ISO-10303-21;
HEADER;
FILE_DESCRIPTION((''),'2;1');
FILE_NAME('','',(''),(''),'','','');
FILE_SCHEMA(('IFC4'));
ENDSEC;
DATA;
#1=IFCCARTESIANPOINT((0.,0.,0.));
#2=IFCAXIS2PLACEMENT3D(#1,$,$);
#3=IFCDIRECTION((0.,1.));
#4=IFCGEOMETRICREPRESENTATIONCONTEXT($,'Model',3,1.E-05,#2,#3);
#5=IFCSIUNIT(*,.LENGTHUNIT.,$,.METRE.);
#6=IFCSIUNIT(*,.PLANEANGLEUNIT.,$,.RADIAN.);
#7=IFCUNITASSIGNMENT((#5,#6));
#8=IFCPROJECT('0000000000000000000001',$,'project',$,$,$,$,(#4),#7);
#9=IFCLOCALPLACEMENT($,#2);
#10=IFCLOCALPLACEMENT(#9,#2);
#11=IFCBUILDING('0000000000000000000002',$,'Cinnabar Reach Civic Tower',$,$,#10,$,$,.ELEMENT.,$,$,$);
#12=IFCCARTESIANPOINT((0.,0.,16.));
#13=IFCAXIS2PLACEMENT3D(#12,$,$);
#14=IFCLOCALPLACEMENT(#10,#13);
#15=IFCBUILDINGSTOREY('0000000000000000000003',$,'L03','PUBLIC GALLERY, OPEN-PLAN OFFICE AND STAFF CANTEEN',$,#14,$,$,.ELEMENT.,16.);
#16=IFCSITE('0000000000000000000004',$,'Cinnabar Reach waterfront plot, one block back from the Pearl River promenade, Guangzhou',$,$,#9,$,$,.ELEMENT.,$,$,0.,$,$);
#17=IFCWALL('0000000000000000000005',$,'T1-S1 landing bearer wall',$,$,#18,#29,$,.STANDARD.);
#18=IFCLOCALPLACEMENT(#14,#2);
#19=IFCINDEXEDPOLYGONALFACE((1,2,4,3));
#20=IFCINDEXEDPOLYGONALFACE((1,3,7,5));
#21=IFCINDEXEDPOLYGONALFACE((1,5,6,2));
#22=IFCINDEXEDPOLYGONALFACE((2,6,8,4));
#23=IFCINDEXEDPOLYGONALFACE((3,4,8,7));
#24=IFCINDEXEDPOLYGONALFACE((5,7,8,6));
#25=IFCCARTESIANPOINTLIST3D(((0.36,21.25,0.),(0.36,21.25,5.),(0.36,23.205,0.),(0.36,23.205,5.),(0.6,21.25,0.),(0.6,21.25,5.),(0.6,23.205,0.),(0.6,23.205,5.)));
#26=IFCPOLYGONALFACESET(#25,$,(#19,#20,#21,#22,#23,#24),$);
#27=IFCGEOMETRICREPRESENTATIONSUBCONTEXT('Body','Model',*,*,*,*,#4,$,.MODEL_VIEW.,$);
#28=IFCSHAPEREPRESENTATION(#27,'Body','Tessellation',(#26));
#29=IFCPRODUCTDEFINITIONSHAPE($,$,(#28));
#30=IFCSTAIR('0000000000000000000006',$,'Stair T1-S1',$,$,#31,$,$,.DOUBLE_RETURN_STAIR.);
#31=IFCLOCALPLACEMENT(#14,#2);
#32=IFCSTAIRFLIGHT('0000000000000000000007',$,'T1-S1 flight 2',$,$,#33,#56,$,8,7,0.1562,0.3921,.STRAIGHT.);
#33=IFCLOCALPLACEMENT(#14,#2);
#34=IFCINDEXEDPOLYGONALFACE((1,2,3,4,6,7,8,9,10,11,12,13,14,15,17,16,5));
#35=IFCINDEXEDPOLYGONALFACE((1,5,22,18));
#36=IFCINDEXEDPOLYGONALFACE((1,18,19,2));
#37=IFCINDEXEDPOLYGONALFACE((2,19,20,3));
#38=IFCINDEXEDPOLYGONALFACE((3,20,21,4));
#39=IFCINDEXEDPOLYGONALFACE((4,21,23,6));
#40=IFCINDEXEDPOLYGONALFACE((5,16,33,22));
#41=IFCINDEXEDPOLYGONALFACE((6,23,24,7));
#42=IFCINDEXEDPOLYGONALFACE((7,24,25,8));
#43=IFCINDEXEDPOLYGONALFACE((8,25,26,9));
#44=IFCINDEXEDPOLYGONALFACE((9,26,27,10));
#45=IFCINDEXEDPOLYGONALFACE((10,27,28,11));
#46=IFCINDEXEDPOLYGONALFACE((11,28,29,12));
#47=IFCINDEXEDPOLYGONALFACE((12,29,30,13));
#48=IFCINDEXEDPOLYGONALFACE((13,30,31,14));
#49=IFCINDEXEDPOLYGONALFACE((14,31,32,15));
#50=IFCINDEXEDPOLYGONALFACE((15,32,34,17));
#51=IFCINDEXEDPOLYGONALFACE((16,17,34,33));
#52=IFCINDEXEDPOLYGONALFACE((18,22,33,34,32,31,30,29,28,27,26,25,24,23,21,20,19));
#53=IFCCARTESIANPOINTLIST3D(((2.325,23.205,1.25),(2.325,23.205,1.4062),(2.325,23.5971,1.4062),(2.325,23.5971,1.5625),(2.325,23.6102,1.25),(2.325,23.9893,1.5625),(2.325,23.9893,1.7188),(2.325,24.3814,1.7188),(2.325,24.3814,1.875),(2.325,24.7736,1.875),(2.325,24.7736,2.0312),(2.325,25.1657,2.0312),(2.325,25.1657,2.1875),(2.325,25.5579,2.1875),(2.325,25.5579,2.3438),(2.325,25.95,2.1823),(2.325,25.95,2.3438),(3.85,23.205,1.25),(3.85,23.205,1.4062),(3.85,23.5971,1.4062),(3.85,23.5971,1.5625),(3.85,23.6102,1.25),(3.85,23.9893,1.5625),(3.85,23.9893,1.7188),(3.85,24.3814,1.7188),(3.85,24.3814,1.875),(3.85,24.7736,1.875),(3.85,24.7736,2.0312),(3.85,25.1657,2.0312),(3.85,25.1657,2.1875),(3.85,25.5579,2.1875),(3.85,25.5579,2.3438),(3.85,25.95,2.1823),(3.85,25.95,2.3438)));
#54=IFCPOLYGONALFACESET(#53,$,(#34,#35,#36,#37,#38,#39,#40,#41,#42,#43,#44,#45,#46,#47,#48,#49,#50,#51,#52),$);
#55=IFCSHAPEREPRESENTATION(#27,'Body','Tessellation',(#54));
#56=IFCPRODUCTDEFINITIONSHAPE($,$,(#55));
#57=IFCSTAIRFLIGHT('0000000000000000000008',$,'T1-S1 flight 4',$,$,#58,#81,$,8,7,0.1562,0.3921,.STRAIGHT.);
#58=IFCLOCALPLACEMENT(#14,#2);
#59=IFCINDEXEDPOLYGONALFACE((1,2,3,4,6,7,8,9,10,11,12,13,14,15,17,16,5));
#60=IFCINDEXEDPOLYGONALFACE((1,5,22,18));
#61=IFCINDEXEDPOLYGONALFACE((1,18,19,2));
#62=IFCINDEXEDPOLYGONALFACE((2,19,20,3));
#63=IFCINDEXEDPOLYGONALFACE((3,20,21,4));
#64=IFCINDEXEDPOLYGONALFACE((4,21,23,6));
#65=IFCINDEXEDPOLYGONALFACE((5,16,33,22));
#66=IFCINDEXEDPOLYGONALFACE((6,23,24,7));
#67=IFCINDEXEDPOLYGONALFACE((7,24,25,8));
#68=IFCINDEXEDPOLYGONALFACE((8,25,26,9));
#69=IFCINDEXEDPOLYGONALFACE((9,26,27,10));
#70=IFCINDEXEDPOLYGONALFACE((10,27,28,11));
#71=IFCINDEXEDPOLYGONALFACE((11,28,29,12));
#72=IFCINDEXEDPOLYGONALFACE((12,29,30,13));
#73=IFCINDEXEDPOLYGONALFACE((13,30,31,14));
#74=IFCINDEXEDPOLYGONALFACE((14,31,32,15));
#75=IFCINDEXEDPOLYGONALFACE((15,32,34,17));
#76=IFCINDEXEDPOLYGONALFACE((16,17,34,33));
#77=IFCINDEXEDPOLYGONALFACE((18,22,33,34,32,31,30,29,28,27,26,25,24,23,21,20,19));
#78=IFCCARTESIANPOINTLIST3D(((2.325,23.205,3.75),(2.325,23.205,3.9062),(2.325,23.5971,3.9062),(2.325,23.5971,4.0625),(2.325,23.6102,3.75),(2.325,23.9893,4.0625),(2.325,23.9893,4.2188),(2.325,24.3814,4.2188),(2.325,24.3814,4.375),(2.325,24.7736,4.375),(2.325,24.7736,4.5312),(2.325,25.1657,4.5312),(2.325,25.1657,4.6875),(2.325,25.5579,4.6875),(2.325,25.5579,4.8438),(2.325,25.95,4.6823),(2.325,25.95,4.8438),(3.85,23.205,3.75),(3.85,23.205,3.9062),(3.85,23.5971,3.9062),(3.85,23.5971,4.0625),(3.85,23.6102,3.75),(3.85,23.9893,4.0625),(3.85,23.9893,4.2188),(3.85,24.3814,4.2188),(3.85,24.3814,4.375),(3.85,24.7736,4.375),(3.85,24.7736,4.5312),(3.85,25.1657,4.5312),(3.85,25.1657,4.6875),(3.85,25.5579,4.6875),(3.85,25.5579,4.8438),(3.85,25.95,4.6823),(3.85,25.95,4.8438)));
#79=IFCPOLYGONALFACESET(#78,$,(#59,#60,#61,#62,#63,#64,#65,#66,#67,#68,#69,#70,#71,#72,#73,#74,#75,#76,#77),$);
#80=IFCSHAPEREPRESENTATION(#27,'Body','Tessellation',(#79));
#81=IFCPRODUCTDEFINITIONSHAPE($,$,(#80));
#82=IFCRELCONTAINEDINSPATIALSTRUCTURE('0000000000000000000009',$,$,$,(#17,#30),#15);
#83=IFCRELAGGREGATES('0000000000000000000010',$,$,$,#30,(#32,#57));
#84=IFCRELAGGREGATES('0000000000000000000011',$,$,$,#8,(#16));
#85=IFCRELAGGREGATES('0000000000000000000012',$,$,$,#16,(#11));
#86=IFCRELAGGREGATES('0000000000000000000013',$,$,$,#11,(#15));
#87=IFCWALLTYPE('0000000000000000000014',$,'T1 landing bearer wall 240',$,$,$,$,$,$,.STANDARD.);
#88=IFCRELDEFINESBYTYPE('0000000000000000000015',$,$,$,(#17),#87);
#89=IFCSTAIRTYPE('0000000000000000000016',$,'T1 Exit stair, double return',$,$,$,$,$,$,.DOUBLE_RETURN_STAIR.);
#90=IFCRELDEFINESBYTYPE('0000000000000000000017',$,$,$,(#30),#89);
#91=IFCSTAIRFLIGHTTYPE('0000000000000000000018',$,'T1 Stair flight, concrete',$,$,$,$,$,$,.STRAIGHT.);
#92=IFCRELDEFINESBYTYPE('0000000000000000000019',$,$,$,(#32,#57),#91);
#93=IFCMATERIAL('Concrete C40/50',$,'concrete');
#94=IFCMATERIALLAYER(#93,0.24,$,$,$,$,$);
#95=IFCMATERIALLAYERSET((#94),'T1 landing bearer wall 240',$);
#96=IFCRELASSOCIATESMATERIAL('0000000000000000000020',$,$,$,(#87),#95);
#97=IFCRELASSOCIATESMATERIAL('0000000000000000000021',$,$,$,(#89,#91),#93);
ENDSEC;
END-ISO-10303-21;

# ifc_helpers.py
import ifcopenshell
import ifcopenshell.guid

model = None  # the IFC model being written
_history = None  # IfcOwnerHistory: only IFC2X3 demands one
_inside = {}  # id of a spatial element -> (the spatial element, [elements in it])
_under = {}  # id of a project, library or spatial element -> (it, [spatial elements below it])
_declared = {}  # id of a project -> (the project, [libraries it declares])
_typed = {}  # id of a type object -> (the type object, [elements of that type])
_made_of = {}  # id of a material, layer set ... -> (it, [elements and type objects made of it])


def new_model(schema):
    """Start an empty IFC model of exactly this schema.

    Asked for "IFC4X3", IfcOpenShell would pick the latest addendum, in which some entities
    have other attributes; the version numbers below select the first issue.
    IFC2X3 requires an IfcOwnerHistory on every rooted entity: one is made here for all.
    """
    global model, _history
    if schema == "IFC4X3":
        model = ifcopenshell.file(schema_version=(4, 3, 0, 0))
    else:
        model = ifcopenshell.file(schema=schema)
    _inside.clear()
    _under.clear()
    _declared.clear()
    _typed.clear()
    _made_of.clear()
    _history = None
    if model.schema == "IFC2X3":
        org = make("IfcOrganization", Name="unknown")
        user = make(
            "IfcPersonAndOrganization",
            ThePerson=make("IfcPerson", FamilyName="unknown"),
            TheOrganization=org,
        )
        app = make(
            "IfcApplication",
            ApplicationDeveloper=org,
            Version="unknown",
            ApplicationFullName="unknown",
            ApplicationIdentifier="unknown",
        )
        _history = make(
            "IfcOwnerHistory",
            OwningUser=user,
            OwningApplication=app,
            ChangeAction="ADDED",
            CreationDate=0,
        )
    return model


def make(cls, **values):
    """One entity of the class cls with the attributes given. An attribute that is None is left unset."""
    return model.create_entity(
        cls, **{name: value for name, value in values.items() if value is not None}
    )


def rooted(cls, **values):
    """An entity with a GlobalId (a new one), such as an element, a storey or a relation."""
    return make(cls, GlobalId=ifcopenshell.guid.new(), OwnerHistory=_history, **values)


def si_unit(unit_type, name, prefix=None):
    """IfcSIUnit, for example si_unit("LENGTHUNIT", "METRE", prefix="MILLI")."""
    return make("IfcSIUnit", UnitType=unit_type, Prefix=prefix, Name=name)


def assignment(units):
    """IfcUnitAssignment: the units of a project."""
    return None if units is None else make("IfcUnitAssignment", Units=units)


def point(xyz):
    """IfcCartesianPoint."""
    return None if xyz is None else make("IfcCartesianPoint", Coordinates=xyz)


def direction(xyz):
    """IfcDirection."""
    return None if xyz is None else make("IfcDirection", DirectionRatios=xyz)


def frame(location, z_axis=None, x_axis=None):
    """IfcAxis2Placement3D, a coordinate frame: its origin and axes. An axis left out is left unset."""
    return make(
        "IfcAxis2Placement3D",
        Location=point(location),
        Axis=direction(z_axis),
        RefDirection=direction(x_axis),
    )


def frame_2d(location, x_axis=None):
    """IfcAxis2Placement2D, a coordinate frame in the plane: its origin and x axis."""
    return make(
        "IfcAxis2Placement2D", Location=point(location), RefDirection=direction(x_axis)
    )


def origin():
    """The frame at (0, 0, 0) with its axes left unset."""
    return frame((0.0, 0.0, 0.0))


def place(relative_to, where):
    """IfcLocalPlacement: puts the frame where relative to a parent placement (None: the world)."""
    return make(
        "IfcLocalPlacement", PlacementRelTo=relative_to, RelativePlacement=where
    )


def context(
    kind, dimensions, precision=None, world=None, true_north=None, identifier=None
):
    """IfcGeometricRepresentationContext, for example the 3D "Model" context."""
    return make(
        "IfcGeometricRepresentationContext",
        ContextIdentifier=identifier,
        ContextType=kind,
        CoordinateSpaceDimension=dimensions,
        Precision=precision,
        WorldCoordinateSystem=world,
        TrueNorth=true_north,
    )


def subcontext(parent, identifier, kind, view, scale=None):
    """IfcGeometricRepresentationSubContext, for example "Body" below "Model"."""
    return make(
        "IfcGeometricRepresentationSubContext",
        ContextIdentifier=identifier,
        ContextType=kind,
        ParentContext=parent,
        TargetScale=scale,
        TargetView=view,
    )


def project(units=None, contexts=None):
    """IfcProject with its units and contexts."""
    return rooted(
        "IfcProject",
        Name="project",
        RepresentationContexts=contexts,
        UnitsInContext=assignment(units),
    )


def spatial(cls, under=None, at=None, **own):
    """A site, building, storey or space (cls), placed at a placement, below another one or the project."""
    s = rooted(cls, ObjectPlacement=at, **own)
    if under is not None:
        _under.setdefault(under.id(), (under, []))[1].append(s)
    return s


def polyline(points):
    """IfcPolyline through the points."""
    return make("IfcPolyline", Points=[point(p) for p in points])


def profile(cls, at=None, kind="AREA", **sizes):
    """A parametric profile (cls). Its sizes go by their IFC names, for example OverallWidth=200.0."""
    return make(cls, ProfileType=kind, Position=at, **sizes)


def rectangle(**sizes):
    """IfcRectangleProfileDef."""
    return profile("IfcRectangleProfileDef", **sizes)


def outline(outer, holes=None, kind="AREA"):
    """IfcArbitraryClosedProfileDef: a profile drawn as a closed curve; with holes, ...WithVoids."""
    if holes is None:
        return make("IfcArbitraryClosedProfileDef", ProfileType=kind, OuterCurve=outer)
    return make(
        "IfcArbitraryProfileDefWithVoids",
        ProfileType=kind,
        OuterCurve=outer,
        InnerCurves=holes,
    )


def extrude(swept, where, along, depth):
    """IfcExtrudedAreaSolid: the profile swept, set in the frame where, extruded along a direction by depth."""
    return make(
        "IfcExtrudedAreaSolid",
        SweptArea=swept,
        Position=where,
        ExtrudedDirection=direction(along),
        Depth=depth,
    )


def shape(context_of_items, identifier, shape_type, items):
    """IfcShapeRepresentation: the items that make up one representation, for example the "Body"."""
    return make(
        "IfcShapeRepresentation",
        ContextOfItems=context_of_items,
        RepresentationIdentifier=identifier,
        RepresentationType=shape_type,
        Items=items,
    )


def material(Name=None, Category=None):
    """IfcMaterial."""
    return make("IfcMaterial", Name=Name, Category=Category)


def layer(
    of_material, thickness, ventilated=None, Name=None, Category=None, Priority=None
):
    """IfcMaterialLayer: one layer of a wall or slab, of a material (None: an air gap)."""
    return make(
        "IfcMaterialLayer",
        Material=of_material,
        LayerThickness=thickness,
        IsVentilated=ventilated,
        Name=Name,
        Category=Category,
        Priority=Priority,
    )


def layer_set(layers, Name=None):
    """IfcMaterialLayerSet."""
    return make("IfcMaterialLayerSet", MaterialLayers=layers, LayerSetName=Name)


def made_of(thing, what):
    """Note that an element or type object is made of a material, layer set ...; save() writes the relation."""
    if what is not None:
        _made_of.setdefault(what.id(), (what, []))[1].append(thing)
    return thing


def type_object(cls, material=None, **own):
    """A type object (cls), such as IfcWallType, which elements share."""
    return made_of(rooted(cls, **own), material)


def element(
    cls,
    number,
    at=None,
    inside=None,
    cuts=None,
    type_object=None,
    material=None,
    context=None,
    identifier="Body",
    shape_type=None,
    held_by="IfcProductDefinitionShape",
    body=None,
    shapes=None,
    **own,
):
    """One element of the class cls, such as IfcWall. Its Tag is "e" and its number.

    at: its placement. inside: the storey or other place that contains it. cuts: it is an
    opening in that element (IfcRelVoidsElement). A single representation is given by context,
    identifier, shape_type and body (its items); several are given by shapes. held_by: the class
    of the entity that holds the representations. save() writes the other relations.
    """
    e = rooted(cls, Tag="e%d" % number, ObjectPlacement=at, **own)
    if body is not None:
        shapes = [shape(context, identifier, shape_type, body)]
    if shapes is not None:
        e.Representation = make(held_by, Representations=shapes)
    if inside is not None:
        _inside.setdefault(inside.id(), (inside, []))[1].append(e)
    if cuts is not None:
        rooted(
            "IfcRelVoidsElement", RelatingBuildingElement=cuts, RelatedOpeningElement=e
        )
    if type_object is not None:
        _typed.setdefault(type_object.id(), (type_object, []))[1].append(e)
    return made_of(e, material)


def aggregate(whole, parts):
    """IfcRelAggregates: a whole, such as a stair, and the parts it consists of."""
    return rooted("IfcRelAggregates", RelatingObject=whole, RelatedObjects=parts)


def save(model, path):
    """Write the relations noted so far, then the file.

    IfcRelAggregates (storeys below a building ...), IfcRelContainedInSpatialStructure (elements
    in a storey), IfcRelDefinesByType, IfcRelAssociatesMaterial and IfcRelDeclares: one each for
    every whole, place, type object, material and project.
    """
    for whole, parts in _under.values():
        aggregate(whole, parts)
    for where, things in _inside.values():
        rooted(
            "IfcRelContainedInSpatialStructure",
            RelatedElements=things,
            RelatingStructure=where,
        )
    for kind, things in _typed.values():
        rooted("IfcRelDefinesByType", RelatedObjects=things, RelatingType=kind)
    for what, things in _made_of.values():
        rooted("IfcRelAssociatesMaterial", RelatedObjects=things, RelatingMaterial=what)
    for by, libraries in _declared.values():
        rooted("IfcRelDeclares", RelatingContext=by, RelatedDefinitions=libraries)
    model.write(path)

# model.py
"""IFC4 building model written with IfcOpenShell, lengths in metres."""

from ifc_helpers import new_model, si_unit, direction, frame, frame_2d, origin, place, context, subcontext, project, spatial, polyline, rectangle, outline, extrude, material, layer, layer_set, type_object, element, aggregate, save


model = new_model("IFC4")

# Units and contexts
model_context = context("Model", 3, precision=1e-05, world=origin(), true_north=direction((0.0, 1.0)))
body_context = subcontext(model_context, "Body", "Model", "MODEL_VIEW")
ifc_project = project(units=[si_unit("LENGTHUNIT", "METRE"), si_unit("PLANEANGLEUNIT", "RADIAN")], contexts=[model_context])

# Site, building, storey
site_placement = place(None, origin())
site = spatial("IfcSite", under=ifc_project, at=site_placement, Name="Cinnabar Reach waterfront plot, one block back from the Pearl River promenade, Guangzhou", CompositionType="ELEMENT", RefElevation=0.0)
building_placement = place(site_placement, origin())
building = spatial("IfcBuilding", under=site, at=building_placement, Name="Cinnabar Reach Civic Tower", CompositionType="ELEMENT")
storey_placement = place(building_placement, frame((0.0, 0.0, 16.0)))
storey = spatial("IfcBuildingStorey", under=building, at=storey_placement, Name="L03", Description="PUBLIC GALLERY, OPEN-PLAN OFFICE AND STAFF CANTEEN", CompositionType="ELEMENT", Elevation=16.0)

# Wall
ifc_material_1 = material(Name="Concrete C40/50", Category="concrete")
ifc_layer_1 = layer(ifc_material_1, 0.24)
ifc_layer_set_1 = layer_set([ifc_layer_1], Name="T1 landing bearer wall 240")
wall_type_1 = type_object("IfcWallType", Name="T1 landing bearer wall 240", PredefinedType="STANDARD", material=ifc_layer_set_1)
wall_1_placement = place(storey_placement, frame((0.48, 21.25, 0.0), z_axis=(0.0, 0.0, 1.0), x_axis=(0.0, 1.0, 0.0)))
element("IfcWall", 1, at=wall_1_placement, inside=storey, type_object=wall_type_1, Name="T1-S1 landing bearer wall", PredefinedType="STANDARD", context=body_context, shape_type="SweptSolid", body=[
    extrude(rectangle(XDim=1.955, YDim=0.24, at=frame_2d((0.9775, 0.0))), origin(), (0.0, 0.0, 1.0), 5.0),
])

# Stair, stair flights
stair_type = type_object("IfcStairType", Name="T1 Exit stair, double return", PredefinedType="DOUBLE_RETURN_STAIR", material=ifc_material_1)
stair_placement = place(storey_placement, origin())
stair = element("IfcStair", 2, at=stair_placement, inside=storey, type_object=stair_type, Name="Stair T1-S1", PredefinedType="DOUBLE_RETURN_STAIR")
stair_flight_type = type_object("IfcStairFlightType", Name="T1 Stair flight, concrete", PredefinedType="STRAIGHT", material=ifc_material_1)
stair_flight_1_placement = place(storey_placement, frame((3.0875, 23.205, 1.25), z_axis=(0.0, 0.0, 1.0), x_axis=(0.0, 1.0, 0.0)))
stair_flight_1 = element("IfcStairFlight", 3, at=stair_flight_1_placement, type_object=stair_flight_type, Name="T1-S1 flight 2", NumberOfRisers=8, NumberOfTreads=7, PredefinedType="STRAIGHT", RiserHeight=0.1562, TreadLength=0.3921, context=body_context, shape_type="SweptSolid", body=[
    extrude(outline(polyline([(0.0, 0.0), (0.0, 0.1562), (0.3921, 0.1562), (0.3921, 0.3125), (0.7843, 0.3125), (0.7843, 0.4688), (1.1764, 0.4688), (1.1764, 0.625), (1.5686, 0.625), (1.5686, 0.7812), (1.9607, 0.7812), (1.9607, 0.9375), (2.3529, 0.9375), (2.3529, 1.0938), (2.745, 1.0938), (2.745, 1.25), (2.745, 0.9323), (0.4052, 0.0), (0.0, 0.0)])), frame((0.0, 0.7625, 0.0), z_axis=(0.0, -1.0, 0.0), x_axis=(1.0, 0.0, 0.0)), (0.0, 0.0, 1.0), 1.525),
])
stair_flight_2_placement = place(storey_placement, frame((3.0875, 23.205, 3.75), z_axis=(0.0, 0.0, 1.0), x_axis=(0.0, 1.0, 0.0)))
stair_flight_2 = element("IfcStairFlight", 4, at=stair_flight_2_placement, type_object=stair_flight_type, Name="T1-S1 flight 4", NumberOfRisers=8, NumberOfTreads=7, PredefinedType="STRAIGHT", RiserHeight=0.1562, TreadLength=0.3921, context=body_context, shape_type="SweptSolid", body=[
    extrude(outline(polyline([(0.0, 0.0), (0.0, 0.1562), (0.3921, 0.1562), (0.3921, 0.3125), (0.7843, 0.3125), (0.7843, 0.4688), (1.1764, 0.4688), (1.1764, 0.625), (1.5686, 0.625), (1.5686, 0.7812), (1.9607, 0.7812), (1.9607, 0.9375), (2.3529, 0.9375), (2.3529, 1.0938), (2.745, 1.0938), (2.745, 1.25), (2.745, 0.9323), (0.4052, 0.0), (0.0, 0.0)])), frame((0.0, 0.7625, 0.0), z_axis=(0.0, -1.0, 0.0), x_axis=(1.0, 0.0, 0.0)), (0.0, 0.0, 1.0), 1.525),
])
aggregate(stair, [stair_flight_1, stair_flight_2])

save(model, "model.ifc")
